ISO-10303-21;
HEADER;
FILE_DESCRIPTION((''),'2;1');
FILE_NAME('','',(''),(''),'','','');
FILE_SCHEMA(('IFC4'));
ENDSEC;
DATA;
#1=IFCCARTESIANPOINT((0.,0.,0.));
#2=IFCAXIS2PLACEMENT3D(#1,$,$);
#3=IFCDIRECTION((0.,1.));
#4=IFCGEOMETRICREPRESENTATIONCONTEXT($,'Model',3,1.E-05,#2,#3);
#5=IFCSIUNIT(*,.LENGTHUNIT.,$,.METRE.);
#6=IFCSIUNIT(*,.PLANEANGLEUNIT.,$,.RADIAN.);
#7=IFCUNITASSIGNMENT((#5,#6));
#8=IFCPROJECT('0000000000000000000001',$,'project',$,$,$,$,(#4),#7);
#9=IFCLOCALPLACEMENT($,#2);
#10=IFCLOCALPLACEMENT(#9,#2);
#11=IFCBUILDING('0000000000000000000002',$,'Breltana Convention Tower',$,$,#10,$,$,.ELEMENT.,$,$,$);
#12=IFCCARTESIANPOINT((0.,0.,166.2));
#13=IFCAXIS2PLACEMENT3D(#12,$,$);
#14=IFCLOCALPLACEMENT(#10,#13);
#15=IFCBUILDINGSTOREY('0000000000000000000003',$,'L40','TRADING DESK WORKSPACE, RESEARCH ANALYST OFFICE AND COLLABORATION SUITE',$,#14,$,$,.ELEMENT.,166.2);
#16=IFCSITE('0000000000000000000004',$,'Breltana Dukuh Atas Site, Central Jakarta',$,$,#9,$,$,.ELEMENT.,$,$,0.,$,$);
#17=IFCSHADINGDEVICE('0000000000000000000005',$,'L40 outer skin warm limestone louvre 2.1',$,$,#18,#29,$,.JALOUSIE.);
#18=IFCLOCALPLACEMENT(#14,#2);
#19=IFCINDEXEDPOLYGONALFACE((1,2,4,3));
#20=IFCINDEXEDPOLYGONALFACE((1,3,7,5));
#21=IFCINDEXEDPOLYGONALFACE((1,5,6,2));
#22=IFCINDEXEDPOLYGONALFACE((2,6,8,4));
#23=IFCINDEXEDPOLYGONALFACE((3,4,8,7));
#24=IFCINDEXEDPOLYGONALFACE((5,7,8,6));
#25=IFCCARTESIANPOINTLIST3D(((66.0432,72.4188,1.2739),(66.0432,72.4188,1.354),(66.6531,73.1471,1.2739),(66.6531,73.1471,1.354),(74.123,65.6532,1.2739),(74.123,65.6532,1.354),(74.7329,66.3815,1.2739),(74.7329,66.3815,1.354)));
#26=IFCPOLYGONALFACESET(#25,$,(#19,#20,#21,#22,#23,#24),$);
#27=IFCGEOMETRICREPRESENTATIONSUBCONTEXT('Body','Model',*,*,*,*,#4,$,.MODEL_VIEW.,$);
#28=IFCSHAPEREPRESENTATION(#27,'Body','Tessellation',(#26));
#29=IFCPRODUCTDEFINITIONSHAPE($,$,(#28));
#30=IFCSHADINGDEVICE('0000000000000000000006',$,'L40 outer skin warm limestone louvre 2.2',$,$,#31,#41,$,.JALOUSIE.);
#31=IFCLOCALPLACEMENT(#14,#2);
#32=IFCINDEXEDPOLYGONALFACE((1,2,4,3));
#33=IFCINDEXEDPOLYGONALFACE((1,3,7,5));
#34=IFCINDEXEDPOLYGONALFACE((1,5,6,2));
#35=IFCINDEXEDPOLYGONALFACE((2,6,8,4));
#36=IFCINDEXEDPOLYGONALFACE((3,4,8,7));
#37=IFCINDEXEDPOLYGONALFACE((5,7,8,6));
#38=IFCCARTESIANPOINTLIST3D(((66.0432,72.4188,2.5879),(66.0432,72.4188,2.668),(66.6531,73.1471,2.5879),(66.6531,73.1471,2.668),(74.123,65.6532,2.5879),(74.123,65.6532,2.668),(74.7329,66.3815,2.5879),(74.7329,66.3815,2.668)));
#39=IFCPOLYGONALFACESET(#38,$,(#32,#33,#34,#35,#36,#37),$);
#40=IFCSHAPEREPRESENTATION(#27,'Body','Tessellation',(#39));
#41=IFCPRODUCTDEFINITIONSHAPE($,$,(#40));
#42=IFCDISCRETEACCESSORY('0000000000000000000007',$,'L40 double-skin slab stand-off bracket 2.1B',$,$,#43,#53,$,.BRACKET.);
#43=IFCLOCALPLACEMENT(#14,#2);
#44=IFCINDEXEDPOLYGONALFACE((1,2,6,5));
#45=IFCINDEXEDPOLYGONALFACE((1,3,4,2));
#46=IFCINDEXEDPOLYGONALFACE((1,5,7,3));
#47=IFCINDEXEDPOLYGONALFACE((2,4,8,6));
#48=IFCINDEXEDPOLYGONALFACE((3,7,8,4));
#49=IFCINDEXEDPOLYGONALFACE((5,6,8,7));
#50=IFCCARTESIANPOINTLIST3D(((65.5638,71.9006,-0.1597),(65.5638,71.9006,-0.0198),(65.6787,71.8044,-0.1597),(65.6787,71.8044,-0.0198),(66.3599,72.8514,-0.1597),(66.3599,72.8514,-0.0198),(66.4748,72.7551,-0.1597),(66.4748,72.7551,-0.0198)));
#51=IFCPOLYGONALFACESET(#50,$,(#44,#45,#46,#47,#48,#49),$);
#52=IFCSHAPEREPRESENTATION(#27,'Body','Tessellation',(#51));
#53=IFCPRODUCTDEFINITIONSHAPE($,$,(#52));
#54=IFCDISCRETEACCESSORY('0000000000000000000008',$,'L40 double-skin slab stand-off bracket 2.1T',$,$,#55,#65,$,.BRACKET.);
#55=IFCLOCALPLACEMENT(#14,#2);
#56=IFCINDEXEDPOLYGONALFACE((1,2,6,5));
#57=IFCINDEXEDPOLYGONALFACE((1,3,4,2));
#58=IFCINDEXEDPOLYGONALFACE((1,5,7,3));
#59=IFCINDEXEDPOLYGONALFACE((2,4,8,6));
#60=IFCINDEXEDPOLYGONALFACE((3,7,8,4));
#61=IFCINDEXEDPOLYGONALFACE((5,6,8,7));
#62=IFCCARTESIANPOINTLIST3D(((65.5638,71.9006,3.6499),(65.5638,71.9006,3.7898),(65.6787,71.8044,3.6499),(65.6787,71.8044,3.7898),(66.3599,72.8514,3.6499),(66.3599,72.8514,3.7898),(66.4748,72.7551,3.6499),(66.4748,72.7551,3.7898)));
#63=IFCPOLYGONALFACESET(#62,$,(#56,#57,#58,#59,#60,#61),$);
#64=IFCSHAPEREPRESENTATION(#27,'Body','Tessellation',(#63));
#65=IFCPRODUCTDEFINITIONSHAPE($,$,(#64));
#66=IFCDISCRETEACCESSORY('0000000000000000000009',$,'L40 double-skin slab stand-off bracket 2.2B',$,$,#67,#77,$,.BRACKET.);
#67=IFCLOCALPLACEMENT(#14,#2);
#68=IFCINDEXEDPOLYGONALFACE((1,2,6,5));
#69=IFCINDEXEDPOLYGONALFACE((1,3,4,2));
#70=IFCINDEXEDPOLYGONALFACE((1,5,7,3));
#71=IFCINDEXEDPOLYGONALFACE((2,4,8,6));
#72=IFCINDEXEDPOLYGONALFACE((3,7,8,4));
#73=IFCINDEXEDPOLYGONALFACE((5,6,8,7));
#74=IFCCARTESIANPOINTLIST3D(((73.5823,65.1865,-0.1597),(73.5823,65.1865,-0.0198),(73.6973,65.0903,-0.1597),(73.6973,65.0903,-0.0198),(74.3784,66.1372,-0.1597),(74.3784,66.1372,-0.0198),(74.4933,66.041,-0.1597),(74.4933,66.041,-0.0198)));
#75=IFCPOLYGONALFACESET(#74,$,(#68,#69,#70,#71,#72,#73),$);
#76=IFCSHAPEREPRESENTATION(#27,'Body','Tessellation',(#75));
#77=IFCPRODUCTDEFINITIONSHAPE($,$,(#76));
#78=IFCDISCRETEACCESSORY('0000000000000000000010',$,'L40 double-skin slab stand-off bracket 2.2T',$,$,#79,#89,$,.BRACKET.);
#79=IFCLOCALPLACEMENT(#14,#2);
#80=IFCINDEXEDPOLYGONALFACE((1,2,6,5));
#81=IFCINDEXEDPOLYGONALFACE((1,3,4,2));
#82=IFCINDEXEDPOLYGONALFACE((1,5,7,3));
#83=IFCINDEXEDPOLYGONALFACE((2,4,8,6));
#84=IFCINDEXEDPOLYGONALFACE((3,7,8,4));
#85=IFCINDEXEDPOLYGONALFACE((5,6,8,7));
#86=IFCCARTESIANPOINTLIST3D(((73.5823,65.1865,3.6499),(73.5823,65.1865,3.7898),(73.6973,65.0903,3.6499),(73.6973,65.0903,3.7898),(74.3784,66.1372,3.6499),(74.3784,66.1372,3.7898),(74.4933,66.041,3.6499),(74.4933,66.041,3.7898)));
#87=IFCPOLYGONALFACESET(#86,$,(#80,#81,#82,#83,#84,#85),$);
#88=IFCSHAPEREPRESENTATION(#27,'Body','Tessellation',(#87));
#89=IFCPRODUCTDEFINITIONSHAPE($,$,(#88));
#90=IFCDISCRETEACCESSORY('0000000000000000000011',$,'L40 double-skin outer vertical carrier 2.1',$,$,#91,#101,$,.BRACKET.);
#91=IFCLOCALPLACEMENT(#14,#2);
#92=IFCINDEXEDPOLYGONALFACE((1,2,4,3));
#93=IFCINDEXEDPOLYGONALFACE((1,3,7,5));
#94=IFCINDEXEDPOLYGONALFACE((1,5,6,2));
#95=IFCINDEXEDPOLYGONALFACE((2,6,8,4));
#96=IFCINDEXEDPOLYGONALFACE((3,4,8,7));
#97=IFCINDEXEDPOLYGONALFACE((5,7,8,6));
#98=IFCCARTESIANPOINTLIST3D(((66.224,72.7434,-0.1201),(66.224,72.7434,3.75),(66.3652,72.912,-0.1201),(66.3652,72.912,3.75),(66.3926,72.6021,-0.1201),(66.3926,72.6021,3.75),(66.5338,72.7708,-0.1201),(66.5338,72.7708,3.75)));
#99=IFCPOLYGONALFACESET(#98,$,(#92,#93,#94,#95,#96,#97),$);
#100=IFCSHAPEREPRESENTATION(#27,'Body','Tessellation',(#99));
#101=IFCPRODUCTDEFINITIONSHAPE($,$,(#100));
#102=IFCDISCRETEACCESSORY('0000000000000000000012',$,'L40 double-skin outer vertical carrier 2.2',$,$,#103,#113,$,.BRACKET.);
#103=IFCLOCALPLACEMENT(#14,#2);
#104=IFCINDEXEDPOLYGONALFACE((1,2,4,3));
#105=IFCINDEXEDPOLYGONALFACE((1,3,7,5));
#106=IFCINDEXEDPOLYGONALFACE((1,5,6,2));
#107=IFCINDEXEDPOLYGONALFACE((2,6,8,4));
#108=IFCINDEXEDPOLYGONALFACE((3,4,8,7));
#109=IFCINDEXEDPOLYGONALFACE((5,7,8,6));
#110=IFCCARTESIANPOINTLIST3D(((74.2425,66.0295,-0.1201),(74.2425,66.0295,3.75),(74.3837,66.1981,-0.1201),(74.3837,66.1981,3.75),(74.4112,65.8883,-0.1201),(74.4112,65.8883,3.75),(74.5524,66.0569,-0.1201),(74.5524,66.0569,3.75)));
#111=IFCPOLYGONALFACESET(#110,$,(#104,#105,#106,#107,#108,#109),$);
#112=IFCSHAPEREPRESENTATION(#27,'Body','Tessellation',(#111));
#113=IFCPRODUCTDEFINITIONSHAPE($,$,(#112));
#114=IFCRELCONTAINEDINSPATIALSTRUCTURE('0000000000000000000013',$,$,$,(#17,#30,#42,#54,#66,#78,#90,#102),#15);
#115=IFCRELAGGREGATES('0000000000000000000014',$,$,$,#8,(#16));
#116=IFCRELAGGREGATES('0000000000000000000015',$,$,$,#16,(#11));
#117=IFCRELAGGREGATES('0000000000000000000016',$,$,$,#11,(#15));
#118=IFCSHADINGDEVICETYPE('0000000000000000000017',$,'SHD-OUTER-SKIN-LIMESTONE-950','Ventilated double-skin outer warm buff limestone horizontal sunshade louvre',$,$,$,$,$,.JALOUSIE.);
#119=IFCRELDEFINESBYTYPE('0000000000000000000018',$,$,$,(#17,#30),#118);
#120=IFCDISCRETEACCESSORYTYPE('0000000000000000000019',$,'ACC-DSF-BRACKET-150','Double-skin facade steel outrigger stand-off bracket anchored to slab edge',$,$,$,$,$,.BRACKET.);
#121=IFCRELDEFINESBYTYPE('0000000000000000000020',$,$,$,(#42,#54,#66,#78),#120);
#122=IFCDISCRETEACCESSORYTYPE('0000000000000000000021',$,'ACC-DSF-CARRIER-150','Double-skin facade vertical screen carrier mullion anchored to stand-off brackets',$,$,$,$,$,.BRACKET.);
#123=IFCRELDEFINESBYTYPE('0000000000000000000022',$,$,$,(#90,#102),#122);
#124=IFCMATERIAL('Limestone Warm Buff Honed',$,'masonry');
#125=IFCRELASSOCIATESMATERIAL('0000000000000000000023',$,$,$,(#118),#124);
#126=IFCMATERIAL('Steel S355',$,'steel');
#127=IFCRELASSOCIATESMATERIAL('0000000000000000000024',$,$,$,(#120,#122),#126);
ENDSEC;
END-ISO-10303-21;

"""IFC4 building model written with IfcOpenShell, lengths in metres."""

from ifc_helpers import new_model, si_unit, direction, frame, origin, origin_2d, place, context, subcontext, project, spatial, rectangle, extrude, source, transform, mapped, material, material_profile, profile_set, type_object, type_shapes, element, save


model = new_model("IFC4")

# Units and contexts
model_context = context("Model", 3, precision=1e-05, world=origin(), true_north=direction((0.0, 1.0)))
body_context = subcontext(model_context, "Body", "Model", "MODEL_VIEW")
ifc_project = project(units=[si_unit("LENGTHUNIT", "METRE"), si_unit("PLANEANGLEUNIT", "RADIAN")], contexts=[model_context])

# Site, building, storey
site_placement = place(None, origin())
site = spatial("IfcSite", under=ifc_project, at=site_placement, Name="Breltana Dukuh Atas Site, Central Jakarta", CompositionType="ELEMENT", RefElevation=0.0)
building_placement = place(site_placement, origin())
building = spatial("IfcBuilding", under=site, at=building_placement, Name="Breltana Convention Tower", CompositionType="ELEMENT")
storey_placement = place(building_placement, frame((0.0, 0.0, 166.2)))
storey = spatial("IfcBuildingStorey", under=building, at=storey_placement, Name="L40", Description="TRADING DESK WORKSPACE, RESEARCH ANALYST OFFICE AND COLLABORATION SUITE", CompositionType="ELEMENT", Elevation=166.2)

# Shading devices
ifc_material_1 = material(Name="Limestone Warm Buff Honed", Category="masonry")
ifc_material_profile_1 = material_profile(ifc_material_1, rectangle(XDim=0.95, YDim=0.0801, at=origin_2d()), Name="STN-LVR-950X80")
ifc_profile_set_1 = profile_set([ifc_material_profile_1], Name="Limestone Warm Buff Honed")
shading_device_type = type_object("IfcShadingDeviceType", Name="SHD-OUTER-SKIN-LIMESTONE-950", Description="Ventilated double-skin outer warm buff limestone horizontal sunshade louvre", PredefinedType="JALOUSIE", material=ifc_profile_set_1)
shared_shape_1 = source(origin(), body_context, "Body", "SweptSolid", [
    extrude(rectangle(XDim=0.95, YDim=0.0801, at=origin_2d()), origin(), (0.0, 0.0, 1.0), 10.5383),
])
for number, where, z_axis, x_axis, name in (
    (1, (66.3481, 72.783, 1.314), (0.766706, -0.641999, 0.0), (0.641999, 0.766706, 0.0), "L40 outer skin warm limestone louvre 2.1"),
    (2, (66.3481, 72.783, 2.6279), (0.766706, -0.641999, 0.0), (0.641999, 0.766706, 0.0), "L40 outer skin warm limestone louvre 2.2"),
):
    element("IfcShadingDevice", number, at=place(storey_placement, frame(where, z_axis=z_axis, x_axis=x_axis)), inside=storey, type_object=shading_device_type, Name=name, PredefinedType="JALOUSIE", context=body_context, shape_type="MappedRepresentation", body=[
        mapped(shared_shape_1, transform((0.0, 0.0, 0.0), scale=1.0)),
    ])

# Discrete accessories
ifc_material_2 = material(Name="Steel S355", Category="steel")
discrete_accessory_type_1 = type_object("IfcDiscreteAccessoryType", Name="ACC-DSF-BRACKET-150", Description="Double-skin facade steel outrigger stand-off bracket anchored to slab edge", PredefinedType="BRACKET", material=ifc_material_2)
shared_shape_2 = source(origin(), body_context, "Body", "SweptSolid", [
    extrude(rectangle(XDim=1.24, YDim=0.1499, at=origin_2d()), origin(), (0.0, 0.0, 1.0), 0.1399),
])
type_shapes(discrete_accessory_type_1, [shared_shape_2])
for number, where, z_axis, x_axis, name in (
    (3, (66.0193, 72.3279, -0.1597), (0.0, 0.0, 1.0), (0.641989, 0.766714, 0.0), "L40 double-skin slab stand-off bracket 2.1B"),
    (4, (66.0193, 72.3279, 3.6499), (0.0, 0.0, 1.0), (0.641989, 0.766714, 0.0), "L40 double-skin slab stand-off bracket 2.1T"),
    (5, (74.0378, 65.6138, -0.1597), (0.0, 0.0, 1.0), (0.641989, 0.766714, 0.0), "L40 double-skin slab stand-off bracket 2.2B"),
    (6, (74.0378, 65.6138, 3.6499), (0.0, 0.0, 1.0), (0.641989, 0.766714, 0.0), "L40 double-skin slab stand-off bracket 2.2T"),
):
    element("IfcDiscreteAccessory", number, at=place(storey_placement, frame(where, z_axis=z_axis, x_axis=x_axis)), inside=storey, type_object=discrete_accessory_type_1, Name=name, PredefinedType="BRACKET", context=body_context, shape_type="MappedRepresentation", body=[
        mapped(shared_shape_2, transform((0.0, 0.0, 0.0), scale=1.0)),
    ])
discrete_accessory_type_2 = type_object("IfcDiscreteAccessoryType", Name="ACC-DSF-CARRIER-150", Description="Double-skin facade vertical screen carrier mullion anchored to stand-off brackets", PredefinedType="BRACKET", material=ifc_material_2)
shared_shape_3 = source(origin(), body_context, "Body", "SweptSolid", [
    extrude(rectangle(XDim=0.22, YDim=0.22, at=origin_2d()), origin(), (0.0, 0.0, 1.0), 3.8701),
])
for number, where, z_axis, x_axis, name in (
    (7, (66.3789, 72.7571, -0.1201), (0.0, 0.0, 1.0), (0.641989, 0.766714, 0.0), "L40 double-skin outer vertical carrier 2.1"),
    (8, (74.3975, 66.0432, -0.1201), (0.0, 0.0, 1.0), (0.641989, 0.766714, 0.0), "L40 double-skin outer vertical carrier 2.2"),
):
    element("IfcDiscreteAccessory", number, at=place(storey_placement, frame(where, z_axis=z_axis, x_axis=x_axis)), inside=storey, type_object=discrete_accessory_type_2, Name=name, PredefinedType="BRACKET", context=body_context, shape_type="MappedRepresentation", body=[
        mapped(shared_shape_3, transform((0.0, 0.0, 0.0), scale=1.0)),
    ])

save(model, "model.ifc")
